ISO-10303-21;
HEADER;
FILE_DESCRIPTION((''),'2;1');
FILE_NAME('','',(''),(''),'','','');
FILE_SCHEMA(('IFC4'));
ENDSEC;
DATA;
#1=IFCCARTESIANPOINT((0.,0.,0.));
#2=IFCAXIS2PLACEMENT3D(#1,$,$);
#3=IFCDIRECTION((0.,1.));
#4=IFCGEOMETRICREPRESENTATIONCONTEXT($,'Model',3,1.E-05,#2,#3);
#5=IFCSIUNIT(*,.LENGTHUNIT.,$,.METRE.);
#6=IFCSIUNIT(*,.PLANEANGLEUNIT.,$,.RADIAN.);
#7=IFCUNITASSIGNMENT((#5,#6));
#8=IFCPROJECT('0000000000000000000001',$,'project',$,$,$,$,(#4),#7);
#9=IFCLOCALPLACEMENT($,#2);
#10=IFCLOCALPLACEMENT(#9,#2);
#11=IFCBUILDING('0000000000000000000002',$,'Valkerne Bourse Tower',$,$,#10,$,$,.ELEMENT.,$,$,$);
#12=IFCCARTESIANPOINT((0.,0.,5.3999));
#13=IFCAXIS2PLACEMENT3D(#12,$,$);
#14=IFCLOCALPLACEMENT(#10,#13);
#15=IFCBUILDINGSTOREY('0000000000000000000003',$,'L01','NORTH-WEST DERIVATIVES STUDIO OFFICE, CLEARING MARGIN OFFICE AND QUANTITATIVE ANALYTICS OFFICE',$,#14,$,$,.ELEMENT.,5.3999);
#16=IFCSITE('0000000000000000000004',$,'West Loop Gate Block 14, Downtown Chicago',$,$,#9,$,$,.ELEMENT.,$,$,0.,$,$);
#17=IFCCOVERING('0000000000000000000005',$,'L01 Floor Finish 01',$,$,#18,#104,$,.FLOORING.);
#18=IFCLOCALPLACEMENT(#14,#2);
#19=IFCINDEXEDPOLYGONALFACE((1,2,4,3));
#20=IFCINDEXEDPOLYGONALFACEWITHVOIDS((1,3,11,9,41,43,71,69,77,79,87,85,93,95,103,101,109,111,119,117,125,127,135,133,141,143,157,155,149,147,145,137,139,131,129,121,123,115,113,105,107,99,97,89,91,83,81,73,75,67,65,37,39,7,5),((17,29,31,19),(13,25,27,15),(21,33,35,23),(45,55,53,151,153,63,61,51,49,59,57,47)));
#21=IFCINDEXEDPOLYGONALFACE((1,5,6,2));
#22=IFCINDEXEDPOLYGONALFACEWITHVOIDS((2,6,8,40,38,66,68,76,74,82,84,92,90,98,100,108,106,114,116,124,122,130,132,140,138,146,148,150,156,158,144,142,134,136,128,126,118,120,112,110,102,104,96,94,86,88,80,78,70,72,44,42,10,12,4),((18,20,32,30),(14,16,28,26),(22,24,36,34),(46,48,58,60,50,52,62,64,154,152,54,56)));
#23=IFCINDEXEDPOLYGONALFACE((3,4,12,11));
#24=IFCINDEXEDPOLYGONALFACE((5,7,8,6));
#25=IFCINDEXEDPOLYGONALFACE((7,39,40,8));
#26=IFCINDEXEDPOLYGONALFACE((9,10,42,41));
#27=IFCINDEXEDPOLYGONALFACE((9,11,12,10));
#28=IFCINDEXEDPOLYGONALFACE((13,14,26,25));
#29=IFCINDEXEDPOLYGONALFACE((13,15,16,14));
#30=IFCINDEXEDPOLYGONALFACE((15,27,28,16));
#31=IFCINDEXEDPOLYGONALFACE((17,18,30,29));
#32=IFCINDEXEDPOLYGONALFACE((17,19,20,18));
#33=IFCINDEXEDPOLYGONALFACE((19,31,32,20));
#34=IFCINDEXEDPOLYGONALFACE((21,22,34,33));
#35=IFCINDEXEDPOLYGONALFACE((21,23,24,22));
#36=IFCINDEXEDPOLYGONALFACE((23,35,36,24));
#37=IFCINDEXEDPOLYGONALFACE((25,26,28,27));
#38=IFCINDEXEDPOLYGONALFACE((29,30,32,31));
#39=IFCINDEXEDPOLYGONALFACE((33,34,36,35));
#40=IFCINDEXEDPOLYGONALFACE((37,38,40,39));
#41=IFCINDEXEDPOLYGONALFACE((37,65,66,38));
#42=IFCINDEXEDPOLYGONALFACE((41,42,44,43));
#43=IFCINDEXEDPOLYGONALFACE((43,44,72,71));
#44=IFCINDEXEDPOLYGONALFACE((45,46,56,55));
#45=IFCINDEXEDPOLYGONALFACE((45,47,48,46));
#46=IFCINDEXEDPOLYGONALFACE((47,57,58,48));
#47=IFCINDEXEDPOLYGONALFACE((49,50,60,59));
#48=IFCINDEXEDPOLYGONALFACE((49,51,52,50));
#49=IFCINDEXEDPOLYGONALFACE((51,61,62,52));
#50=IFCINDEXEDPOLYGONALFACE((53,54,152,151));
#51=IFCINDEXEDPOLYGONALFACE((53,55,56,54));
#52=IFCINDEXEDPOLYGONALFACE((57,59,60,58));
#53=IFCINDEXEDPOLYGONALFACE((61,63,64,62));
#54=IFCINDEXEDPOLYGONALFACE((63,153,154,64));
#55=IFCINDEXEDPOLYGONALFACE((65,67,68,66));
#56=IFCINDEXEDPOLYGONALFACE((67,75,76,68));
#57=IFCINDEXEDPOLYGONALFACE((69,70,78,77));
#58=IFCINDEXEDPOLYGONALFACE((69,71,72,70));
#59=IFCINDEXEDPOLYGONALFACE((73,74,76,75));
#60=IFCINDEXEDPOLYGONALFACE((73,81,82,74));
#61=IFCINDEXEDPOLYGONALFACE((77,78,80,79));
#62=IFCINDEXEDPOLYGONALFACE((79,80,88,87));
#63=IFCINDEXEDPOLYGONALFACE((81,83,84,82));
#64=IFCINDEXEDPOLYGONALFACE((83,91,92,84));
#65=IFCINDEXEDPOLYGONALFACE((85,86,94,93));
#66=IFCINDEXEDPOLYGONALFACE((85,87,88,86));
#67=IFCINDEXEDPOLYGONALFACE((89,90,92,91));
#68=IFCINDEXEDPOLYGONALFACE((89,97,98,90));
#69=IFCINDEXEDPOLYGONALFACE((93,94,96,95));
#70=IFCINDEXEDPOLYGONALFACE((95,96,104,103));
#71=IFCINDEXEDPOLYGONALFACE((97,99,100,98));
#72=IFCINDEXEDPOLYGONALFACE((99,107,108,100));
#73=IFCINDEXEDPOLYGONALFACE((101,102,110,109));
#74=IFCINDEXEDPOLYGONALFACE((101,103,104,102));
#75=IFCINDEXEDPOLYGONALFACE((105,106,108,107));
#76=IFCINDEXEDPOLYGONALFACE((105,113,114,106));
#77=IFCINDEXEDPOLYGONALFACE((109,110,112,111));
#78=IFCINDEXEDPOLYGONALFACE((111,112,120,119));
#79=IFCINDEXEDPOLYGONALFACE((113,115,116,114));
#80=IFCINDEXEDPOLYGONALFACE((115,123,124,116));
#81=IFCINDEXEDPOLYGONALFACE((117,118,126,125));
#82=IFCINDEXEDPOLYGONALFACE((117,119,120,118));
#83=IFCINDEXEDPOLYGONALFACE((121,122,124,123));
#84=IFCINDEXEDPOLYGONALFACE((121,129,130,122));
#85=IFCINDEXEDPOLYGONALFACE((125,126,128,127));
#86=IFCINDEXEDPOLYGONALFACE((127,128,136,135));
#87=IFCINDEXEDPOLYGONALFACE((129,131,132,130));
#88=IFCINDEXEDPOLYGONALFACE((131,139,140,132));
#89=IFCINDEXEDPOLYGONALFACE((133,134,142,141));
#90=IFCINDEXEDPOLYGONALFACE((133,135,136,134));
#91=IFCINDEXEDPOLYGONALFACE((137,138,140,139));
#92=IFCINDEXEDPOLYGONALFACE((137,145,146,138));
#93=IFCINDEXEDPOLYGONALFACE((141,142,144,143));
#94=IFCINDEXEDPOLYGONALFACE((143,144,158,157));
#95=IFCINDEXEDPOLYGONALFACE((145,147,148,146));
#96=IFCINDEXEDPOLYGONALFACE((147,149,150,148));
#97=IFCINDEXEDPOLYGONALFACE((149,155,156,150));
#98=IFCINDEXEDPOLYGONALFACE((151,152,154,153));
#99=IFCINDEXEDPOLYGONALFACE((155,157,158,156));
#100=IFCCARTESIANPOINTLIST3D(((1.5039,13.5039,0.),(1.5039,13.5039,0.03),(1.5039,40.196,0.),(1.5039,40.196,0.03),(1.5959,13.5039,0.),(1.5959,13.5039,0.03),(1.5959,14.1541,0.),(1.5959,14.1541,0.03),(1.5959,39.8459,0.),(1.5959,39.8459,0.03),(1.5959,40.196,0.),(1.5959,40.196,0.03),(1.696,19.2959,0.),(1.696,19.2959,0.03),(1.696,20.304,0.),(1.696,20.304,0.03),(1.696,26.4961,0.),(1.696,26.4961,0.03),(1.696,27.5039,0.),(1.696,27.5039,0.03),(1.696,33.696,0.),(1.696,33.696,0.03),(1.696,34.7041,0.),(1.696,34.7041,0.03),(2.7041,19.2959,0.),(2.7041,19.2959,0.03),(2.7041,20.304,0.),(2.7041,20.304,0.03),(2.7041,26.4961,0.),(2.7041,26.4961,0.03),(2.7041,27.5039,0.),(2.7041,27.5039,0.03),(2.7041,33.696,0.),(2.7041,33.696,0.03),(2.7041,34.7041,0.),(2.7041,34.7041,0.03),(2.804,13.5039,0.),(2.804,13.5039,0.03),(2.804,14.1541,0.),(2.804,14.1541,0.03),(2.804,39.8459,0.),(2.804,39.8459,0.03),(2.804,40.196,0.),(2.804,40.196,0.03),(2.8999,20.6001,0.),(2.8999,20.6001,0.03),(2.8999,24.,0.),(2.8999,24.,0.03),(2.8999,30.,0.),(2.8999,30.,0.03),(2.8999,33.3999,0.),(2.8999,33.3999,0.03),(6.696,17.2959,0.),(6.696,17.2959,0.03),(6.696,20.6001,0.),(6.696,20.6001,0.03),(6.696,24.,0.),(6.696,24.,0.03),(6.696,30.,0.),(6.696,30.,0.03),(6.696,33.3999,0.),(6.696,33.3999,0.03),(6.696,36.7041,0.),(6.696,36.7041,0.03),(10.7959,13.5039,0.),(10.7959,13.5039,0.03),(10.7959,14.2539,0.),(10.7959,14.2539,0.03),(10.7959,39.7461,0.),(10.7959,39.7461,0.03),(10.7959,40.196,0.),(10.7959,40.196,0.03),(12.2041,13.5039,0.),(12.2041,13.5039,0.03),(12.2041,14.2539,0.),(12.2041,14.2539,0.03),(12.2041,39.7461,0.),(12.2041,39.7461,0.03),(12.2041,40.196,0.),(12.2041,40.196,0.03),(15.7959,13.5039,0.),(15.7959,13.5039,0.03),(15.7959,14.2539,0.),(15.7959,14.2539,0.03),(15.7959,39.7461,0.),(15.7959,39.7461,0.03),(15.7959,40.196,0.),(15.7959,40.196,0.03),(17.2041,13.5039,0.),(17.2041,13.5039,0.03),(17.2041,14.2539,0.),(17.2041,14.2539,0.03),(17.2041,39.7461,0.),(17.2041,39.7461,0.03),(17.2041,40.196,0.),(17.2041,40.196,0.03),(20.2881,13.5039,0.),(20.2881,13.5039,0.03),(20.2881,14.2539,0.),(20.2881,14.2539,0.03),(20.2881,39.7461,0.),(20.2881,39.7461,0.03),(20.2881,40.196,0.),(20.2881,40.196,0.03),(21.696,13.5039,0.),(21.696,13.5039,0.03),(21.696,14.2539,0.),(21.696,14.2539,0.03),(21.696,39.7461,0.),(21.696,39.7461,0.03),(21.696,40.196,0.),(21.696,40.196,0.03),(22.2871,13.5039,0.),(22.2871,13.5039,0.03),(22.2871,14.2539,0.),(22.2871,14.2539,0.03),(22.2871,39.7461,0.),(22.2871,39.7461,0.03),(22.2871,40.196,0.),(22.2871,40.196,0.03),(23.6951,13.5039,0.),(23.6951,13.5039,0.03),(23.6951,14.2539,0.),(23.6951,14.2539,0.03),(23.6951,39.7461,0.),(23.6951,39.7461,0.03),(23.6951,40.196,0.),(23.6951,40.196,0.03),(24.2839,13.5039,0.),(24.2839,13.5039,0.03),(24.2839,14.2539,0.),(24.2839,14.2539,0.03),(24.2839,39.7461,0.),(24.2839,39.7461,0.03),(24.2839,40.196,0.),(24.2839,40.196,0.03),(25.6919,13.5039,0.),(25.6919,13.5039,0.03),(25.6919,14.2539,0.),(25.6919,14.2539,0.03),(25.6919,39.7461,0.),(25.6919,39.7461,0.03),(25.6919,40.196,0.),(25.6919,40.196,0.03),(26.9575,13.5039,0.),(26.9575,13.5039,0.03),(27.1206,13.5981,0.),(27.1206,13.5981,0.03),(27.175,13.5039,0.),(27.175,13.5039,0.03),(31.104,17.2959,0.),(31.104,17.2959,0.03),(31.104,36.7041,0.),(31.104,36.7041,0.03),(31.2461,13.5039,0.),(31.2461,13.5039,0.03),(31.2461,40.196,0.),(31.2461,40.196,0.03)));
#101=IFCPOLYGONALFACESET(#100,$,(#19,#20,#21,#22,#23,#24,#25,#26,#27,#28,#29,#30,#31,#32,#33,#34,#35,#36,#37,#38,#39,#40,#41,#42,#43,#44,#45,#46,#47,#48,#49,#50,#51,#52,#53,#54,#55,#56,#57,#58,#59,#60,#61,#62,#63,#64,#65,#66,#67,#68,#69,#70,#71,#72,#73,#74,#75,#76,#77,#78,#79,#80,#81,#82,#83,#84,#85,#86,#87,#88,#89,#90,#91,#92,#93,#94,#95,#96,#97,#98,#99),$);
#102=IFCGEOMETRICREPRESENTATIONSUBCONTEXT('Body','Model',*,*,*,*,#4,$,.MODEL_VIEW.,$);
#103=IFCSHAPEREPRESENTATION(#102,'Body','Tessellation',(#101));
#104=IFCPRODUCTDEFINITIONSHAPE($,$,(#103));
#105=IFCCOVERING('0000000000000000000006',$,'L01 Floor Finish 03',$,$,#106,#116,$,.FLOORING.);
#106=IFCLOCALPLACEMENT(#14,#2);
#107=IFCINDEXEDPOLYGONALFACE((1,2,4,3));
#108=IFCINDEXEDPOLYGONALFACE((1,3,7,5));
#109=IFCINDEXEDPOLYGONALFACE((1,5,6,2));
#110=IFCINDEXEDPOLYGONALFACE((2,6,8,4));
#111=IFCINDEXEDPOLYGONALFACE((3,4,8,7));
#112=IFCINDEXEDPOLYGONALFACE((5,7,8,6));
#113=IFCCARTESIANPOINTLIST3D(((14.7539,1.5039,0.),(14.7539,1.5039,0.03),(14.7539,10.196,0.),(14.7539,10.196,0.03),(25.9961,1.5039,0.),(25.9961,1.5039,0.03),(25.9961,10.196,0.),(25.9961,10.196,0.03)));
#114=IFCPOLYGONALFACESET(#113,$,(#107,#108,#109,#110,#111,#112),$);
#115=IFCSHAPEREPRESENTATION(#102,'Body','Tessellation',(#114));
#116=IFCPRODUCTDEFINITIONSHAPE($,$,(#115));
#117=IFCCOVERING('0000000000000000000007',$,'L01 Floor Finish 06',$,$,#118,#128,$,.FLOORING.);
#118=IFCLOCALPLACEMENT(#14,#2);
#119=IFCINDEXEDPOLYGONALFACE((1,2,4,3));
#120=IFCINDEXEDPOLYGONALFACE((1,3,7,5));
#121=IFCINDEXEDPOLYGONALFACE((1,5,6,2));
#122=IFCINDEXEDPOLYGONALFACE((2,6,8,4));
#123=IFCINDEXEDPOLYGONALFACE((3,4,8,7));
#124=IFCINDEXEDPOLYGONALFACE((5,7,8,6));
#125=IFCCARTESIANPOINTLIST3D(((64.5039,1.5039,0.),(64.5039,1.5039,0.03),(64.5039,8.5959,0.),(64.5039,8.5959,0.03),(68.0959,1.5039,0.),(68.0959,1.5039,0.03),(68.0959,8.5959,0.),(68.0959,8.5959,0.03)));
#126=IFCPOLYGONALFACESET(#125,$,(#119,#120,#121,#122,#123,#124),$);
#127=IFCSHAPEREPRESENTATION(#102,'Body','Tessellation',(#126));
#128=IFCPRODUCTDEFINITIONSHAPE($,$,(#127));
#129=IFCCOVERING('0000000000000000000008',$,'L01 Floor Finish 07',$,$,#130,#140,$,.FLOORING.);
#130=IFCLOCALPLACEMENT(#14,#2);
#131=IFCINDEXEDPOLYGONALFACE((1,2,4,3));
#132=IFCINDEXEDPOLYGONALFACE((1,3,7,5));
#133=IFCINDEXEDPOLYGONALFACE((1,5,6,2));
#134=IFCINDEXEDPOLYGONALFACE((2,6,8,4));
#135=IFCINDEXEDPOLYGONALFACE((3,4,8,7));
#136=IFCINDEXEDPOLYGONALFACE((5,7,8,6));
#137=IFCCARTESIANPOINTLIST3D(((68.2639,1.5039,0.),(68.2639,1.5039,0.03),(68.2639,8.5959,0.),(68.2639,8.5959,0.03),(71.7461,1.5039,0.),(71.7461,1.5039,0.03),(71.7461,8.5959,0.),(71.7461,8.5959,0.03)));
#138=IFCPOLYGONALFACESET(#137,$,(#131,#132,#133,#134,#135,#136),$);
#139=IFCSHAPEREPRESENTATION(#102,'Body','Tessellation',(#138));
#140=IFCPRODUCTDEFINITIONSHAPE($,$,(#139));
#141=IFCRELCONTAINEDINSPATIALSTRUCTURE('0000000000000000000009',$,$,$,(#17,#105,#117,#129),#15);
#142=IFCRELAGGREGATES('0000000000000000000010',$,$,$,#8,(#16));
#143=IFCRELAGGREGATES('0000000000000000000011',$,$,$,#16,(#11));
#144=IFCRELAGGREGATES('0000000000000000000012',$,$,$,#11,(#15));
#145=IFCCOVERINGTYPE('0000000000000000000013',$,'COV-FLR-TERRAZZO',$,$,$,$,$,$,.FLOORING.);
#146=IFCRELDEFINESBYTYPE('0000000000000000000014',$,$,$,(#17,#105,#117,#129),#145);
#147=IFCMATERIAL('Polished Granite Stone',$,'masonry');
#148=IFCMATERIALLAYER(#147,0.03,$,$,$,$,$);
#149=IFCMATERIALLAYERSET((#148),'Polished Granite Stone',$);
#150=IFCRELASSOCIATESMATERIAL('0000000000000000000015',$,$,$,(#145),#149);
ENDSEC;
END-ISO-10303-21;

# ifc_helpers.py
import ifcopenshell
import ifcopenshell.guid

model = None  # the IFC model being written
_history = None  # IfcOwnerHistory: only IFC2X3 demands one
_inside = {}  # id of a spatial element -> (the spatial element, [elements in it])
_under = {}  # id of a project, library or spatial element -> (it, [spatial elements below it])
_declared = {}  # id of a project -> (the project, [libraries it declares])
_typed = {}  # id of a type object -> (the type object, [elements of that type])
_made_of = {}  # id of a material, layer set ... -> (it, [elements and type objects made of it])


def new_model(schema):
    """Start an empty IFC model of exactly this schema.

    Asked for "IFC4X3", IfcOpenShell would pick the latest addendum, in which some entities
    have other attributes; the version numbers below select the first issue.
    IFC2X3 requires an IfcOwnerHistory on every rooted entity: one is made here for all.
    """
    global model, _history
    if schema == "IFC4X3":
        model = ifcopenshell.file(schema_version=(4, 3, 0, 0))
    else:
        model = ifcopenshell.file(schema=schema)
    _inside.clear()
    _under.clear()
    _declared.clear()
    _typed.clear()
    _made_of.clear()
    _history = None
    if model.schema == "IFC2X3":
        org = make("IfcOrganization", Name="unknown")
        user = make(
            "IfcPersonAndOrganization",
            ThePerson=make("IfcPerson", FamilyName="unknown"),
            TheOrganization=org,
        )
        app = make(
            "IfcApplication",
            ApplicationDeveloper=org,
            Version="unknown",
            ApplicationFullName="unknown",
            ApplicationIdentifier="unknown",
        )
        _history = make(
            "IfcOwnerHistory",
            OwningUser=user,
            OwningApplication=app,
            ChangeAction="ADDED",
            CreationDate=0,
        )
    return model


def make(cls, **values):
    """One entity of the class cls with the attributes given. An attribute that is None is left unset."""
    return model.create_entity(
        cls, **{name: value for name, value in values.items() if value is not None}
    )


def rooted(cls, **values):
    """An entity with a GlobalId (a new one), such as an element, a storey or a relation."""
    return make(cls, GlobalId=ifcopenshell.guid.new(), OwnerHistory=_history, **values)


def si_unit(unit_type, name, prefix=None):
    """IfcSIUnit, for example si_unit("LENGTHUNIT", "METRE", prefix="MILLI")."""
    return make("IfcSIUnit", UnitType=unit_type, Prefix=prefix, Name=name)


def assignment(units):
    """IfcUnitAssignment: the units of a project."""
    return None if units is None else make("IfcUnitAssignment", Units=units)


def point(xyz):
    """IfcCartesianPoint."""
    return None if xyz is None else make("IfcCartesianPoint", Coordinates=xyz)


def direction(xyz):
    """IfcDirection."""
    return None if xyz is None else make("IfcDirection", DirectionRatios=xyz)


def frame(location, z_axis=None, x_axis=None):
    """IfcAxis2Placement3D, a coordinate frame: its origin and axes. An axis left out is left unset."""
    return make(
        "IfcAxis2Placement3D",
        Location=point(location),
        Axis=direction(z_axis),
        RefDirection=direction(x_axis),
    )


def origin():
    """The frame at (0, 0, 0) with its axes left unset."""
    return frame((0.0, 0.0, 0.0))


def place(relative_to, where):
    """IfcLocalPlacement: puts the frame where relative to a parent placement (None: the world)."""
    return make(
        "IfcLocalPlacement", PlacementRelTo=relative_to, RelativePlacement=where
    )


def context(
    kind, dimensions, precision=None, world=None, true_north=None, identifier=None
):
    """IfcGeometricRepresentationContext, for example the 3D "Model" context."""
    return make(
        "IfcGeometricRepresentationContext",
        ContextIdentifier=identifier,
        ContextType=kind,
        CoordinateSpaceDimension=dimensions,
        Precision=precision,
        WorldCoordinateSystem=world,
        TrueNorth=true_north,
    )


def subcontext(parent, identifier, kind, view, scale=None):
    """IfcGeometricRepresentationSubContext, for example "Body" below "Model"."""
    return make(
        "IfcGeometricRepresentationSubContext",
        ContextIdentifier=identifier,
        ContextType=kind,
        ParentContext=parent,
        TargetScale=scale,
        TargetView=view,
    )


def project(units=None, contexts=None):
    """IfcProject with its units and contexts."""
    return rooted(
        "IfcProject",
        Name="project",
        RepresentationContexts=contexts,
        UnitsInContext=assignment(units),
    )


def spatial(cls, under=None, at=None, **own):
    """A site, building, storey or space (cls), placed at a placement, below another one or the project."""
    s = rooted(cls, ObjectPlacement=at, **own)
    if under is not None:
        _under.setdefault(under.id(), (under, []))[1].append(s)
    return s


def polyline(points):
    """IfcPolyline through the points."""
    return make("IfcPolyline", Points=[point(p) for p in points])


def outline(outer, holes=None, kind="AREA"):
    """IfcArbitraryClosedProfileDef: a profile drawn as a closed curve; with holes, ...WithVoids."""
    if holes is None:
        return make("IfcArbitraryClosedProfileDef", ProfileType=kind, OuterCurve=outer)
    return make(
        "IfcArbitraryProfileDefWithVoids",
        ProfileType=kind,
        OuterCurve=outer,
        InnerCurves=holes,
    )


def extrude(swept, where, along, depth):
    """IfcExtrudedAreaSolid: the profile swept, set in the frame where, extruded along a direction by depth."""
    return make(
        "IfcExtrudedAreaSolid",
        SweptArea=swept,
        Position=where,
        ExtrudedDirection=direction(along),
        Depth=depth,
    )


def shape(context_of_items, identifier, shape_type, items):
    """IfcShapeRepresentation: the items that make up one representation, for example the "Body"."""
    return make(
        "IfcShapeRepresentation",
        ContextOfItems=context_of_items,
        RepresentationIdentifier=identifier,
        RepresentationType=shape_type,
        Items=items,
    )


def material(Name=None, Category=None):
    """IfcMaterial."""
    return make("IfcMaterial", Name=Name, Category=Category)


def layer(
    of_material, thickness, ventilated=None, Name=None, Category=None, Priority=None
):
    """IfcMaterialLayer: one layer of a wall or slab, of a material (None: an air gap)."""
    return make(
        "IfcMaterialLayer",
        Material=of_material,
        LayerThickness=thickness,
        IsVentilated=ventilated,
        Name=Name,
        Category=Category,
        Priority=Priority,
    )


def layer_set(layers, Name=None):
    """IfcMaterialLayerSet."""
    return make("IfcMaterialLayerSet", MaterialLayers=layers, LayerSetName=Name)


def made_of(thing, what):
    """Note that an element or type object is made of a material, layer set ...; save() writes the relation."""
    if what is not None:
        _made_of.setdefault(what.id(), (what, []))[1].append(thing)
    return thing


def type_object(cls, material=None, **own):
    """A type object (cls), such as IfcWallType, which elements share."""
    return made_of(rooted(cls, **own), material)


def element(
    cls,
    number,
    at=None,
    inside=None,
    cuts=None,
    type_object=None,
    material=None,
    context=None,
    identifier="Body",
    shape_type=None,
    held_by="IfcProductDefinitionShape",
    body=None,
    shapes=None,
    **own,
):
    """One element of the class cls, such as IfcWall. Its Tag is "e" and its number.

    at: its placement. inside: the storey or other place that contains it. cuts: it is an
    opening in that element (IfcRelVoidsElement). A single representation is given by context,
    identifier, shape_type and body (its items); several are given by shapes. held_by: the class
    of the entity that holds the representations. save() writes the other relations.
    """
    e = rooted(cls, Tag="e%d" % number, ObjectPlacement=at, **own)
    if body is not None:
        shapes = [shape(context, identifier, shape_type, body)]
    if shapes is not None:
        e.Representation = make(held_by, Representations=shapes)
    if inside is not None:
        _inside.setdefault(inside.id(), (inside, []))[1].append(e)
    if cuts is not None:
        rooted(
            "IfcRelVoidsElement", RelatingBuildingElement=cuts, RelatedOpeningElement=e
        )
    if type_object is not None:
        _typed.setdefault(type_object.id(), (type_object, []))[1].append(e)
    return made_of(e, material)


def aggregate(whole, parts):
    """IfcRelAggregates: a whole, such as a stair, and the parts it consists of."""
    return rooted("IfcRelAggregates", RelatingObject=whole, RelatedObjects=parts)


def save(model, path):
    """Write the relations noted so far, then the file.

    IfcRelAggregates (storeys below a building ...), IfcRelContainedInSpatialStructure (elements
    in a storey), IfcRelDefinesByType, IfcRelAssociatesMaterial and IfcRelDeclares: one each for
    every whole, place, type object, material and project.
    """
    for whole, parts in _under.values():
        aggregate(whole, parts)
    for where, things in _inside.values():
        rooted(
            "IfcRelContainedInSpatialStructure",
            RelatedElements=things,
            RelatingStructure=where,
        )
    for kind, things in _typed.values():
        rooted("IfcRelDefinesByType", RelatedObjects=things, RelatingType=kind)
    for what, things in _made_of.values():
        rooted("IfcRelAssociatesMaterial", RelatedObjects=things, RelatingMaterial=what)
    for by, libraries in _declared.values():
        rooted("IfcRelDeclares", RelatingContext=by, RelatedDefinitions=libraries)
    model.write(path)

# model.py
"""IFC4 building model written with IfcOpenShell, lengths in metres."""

from ifc_helpers import new_model, si_unit, direction, frame, origin, place, context, subcontext, project, spatial, polyline, outline, extrude, material, layer, layer_set, type_object, element, save


model = new_model("IFC4")

# Units and contexts
model_context = context("Model", 3, precision=1e-05, world=origin(), true_north=direction((0.0, 1.0)))
body_context = subcontext(model_context, "Body", "Model", "MODEL_VIEW")
ifc_project = project(units=[si_unit("LENGTHUNIT", "METRE"), si_unit("PLANEANGLEUNIT", "RADIAN")], contexts=[model_context])

# Site, building, storey
site_placement = place(None, origin())
site = spatial("IfcSite", under=ifc_project, at=site_placement, Name="West Loop Gate Block 14, Downtown Chicago", CompositionType="ELEMENT", RefElevation=0.0)
building_placement = place(site_placement, origin())
building = spatial("IfcBuilding", under=site, at=building_placement, Name="Valkerne Bourse Tower", CompositionType="ELEMENT")
storey_placement = place(building_placement, frame((0.0, 0.0, 5.3999)))
storey = spatial("IfcBuildingStorey", under=building, at=storey_placement, Name="L01", Description="NORTH-WEST DERIVATIVES STUDIO OFFICE, CLEARING MARGIN OFFICE AND QUANTITATIVE ANALYTICS OFFICE", CompositionType="ELEMENT", Elevation=5.3999)

# Coverings
ifc_material_1 = material(Name="Polished Granite Stone", Category="masonry")
ifc_layer_1 = layer(ifc_material_1, 0.03)
ifc_layer_set_1 = layer_set([ifc_layer_1], Name="Polished Granite Stone")
covering_type_1 = type_object("IfcCoveringType", Name="COV-FLR-TERRAZZO", PredefinedType="FLOORING", material=ifc_layer_set_1)
covering_1_placement = place(storey_placement, origin())
element("IfcCovering", 1, at=covering_1_placement, inside=storey, type_object=covering_type_1, Name="L01 Floor Finish 01", PredefinedType="FLOORING", context=body_context, shape_type="SweptSolid", body=[
    extrude(outline(polyline([(1.5959, 40.196), (1.5959, 39.8459), (2.804, 39.8459), (2.804, 40.196), (10.7959, 40.196), (10.7959, 39.7461), (12.2041, 39.7461), (12.2041, 40.196), (15.7959, 40.196), (15.7959, 39.7461), (17.2041, 39.7461), (17.2041, 40.196), (20.2881, 40.196), (20.2881, 39.7461), (21.696, 39.7461), (21.696, 40.196), (22.2871, 40.196), (22.2871, 39.7461), (23.6951, 39.7461), (23.6951, 40.196), (24.2839, 40.196), (24.2839, 39.7461), (25.6919, 39.7461), (25.6919, 40.196), (31.2461, 40.196), (31.2461, 13.5039), (27.175, 13.5039), (27.1206, 13.5981), (26.9575, 13.5039), (25.6919, 13.5039), (25.6919, 14.2539), (24.2839, 14.2539), (24.2839, 13.5039), (23.6951, 13.5039), (23.6951, 14.2539), (22.2871, 14.2539), (22.2871, 13.5039), (21.696, 13.5039), (21.696, 14.2539), (20.2881, 14.2539), (20.2881, 13.5039), (17.2041, 13.5039), (17.2041, 14.2539), (15.7959, 14.2539), (15.7959, 13.5039), (12.2041, 13.5039), (12.2041, 14.2539), (10.7959, 14.2539), (10.7959, 13.5039), (2.804, 13.5039), (2.804, 14.1541), (1.5959, 14.1541), (1.5959, 13.5039), (1.5039, 13.5039), (1.5039, 40.196), (1.5959, 40.196)]), holes=[polyline([(6.696, 33.3999), (2.8999, 33.3999), (2.8999, 30.0), (6.696, 30.0), (6.696, 24.0), (2.8999, 24.0), (2.8999, 20.6001), (6.696, 20.6001), (6.696, 17.2959), (31.104, 17.2959), (31.104, 36.7041), (6.696, 36.7041), (6.696, 33.3999)]), polyline([(1.696, 20.304), (1.696, 19.2959), (2.7041, 19.2959), (2.7041, 20.304), (1.696, 20.304)]), polyline([(2.7041, 27.5039), (1.696, 27.5039), (1.696, 26.4961), (2.7041, 26.4961), (2.7041, 27.5039)]), polyline([(2.7041, 34.7041), (1.696, 34.7041), (1.696, 33.696), (2.7041, 33.696), (2.7041, 34.7041)])]), origin(), (0.0, 0.0, 1.0), 0.03),
])
covering_2_placement = place(storey_placement, origin())
element("IfcCovering", 2, at=covering_2_placement, inside=storey, type_object=covering_type_1, Name="L01 Floor Finish 03", PredefinedType="FLOORING", context=body_context, shape_type="SweptSolid", body=[
    extrude(outline(polyline([(14.7539, 10.196), (25.9961, 10.196), (25.9961, 1.5039), (14.7539, 1.5039), (14.7539, 10.196)])), origin(), (0.0, 0.0, 1.0), 0.03),
])
covering_3_placement = place(storey_placement, origin())
element("IfcCovering", 3, at=covering_3_placement, inside=storey, type_object=covering_type_1, Name="L01 Floor Finish 06", PredefinedType="FLOORING", context=body_context, shape_type="SweptSolid", body=[
    extrude(outline(polyline([(64.5039, 8.5959), (68.0959, 8.5959), (68.0959, 1.5039), (64.5039, 1.5039), (64.5039, 8.5959)])), origin(), (0.0, 0.0, 1.0), 0.03),
])
covering_4_placement = place(storey_placement, origin())
element("IfcCovering", 4, at=covering_4_placement, inside=storey, type_object=covering_type_1, Name="L01 Floor Finish 07", PredefinedType="FLOORING", context=body_context, shape_type="SweptSolid", body=[
    extrude(outline(polyline([(68.2639, 8.5959), (71.7461, 8.5959), (71.7461, 1.5039), (68.2639, 1.5039), (68.2639, 8.5959)])), origin(), (0.0, 0.0, 1.0), 0.03),
])

save(model, "model.ifc")
